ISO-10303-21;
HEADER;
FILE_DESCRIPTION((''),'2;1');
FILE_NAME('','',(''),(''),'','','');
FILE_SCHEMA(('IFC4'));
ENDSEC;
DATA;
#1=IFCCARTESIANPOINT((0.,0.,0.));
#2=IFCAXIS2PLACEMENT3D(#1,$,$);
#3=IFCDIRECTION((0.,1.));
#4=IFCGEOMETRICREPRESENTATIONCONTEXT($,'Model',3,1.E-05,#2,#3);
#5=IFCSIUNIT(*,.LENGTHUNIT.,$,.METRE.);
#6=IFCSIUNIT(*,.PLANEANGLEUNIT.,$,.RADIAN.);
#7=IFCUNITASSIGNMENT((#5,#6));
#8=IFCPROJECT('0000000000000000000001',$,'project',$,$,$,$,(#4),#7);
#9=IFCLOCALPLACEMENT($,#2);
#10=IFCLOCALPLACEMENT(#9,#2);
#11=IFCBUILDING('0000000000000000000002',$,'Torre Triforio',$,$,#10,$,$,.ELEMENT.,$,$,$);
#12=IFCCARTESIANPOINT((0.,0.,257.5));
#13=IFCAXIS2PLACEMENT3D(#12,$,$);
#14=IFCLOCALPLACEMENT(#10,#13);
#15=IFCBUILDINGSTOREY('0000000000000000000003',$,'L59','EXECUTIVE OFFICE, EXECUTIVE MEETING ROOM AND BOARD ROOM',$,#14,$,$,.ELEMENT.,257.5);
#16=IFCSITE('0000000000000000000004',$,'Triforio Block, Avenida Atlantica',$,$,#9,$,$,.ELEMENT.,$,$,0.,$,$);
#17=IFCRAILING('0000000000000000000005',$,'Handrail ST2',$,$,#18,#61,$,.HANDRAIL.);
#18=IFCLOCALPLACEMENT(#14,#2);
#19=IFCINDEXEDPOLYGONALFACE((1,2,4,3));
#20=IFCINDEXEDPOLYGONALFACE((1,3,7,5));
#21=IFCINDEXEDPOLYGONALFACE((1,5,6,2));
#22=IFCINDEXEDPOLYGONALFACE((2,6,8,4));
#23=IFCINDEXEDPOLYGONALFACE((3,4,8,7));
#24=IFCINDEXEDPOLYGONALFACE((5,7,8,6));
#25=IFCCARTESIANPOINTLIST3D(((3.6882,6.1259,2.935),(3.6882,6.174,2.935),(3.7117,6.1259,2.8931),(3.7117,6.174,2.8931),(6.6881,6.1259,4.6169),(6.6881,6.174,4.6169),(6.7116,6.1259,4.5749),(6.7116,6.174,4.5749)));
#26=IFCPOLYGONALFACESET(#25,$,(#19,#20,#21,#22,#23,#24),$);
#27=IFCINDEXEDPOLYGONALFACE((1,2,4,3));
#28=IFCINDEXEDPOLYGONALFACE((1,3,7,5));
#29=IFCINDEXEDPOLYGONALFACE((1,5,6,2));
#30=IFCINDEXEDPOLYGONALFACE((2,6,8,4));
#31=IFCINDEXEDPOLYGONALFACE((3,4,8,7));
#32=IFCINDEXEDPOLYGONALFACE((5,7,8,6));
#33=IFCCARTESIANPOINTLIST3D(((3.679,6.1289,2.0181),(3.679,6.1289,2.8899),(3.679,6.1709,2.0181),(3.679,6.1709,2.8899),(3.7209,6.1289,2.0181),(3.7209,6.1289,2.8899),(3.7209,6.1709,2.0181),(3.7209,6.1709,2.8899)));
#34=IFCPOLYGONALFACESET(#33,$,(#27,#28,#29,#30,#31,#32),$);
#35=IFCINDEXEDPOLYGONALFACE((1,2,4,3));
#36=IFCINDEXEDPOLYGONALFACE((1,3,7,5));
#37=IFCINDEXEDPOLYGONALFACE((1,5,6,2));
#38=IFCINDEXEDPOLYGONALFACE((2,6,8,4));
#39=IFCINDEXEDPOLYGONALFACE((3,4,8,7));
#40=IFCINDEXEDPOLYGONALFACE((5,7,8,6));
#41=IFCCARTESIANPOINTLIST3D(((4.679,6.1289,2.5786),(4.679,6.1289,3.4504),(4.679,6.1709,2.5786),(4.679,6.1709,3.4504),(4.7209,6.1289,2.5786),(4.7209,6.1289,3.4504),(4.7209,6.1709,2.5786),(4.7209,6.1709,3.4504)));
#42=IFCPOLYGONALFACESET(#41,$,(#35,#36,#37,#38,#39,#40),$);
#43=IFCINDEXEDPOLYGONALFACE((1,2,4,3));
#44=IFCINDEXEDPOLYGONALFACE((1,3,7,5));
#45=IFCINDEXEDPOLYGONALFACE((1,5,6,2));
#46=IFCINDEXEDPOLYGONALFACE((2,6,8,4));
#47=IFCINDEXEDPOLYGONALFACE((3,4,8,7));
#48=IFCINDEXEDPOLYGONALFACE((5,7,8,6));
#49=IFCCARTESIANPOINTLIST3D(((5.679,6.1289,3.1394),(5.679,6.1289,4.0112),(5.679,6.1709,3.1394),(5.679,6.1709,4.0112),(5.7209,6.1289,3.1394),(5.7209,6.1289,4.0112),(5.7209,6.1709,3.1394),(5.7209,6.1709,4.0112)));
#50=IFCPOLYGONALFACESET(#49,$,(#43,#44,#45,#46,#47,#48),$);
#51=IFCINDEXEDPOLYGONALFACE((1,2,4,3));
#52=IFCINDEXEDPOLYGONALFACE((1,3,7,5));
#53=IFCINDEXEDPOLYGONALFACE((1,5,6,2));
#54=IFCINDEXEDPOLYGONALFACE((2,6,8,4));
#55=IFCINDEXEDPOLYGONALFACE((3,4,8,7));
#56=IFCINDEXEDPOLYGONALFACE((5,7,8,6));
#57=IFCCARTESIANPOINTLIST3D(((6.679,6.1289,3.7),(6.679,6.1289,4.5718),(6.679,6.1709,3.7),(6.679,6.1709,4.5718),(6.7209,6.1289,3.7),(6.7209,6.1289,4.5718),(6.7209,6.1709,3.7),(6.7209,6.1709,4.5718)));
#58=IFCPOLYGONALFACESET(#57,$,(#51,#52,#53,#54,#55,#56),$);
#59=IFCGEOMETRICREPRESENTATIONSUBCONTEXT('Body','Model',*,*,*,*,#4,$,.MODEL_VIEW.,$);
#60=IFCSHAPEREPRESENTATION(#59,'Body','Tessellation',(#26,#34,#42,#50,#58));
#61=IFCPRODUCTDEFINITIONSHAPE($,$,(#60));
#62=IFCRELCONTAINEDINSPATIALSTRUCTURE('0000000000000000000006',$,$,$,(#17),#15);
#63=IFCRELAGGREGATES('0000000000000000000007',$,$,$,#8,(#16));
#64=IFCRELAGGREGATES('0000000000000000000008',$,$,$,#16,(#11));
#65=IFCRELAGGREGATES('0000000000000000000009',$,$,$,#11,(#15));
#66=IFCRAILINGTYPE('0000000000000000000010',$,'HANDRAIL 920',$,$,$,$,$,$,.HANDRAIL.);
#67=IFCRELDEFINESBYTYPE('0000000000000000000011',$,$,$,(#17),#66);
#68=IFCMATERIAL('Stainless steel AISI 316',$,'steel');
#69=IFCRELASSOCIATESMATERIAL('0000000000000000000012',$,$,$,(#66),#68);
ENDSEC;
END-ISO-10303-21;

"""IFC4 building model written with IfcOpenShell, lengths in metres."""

from ifc_helpers import new_model, si_unit, direction, frame, origin, origin_2d, place, context, subcontext, project, spatial, rectangle, extrude, material, type_object, element, save


model = new_model("IFC4")

# Units and contexts
model_context = context("Model", 3, precision=1e-05, world=origin(), true_north=direction((0.0, 1.0)))
body_context = subcontext(model_context, "Body", "Model", "MODEL_VIEW")
ifc_project = project(units=[si_unit("LENGTHUNIT", "METRE"), si_unit("PLANEANGLEUNIT", "RADIAN")], contexts=[model_context])

# Site, building, storey
site_placement = place(None, origin())
site = spatial("IfcSite", under=ifc_project, at=site_placement, Name="Triforio Block, Avenida Atlantica", CompositionType="ELEMENT", RefElevation=0.0)
building_placement = place(site_placement, origin())
building = spatial("IfcBuilding", under=site, at=building_placement, Name="Torre Triforio", CompositionType="ELEMENT")
storey_placement = place(building_placement, frame((0.0, 0.0, 257.5)))
storey = spatial("IfcBuildingStorey", under=building, at=storey_placement, Name="L59", Description="EXECUTIVE OFFICE, EXECUTIVE MEETING ROOM AND BOARD ROOM", CompositionType="ELEMENT", Elevation=257.5)

# Railing
ifc_material_1 = material(Name="Stainless steel AISI 316", Category="steel")
railing_type = type_object("IfcRailingType", Name="HANDRAIL 920", PredefinedType="HANDRAIL", material=ifc_material_1)
railing_placement = place(storey_placement, frame((3.7, 6.1499, 2.0181)))
element("IfcRailing", 1, at=railing_placement, inside=storey, type_object=railing_type, Name="Handrail ST2", PredefinedType="HANDRAIL", context=body_context, shape_type="SweptSolid", body=[
    extrude(rectangle(XDim=0.0481, YDim=0.0481, at=origin_2d()), frame((0.0, 0.0, 0.896), z_axis=(0.872272, 0.0, 0.48902), x_axis=(0.0, 1.0, 0.0)), (0.0, 0.0, 1.0), 3.4392),
    extrude(rectangle(XDim=0.042, YDim=0.042, at=origin_2d()), origin(), (0.0, 0.0, 1.0), 0.8718),
    extrude(rectangle(XDim=0.042, YDim=0.042, at=origin_2d()), frame((1.0, 0.0, 0.5605)), (0.0, 0.0, 1.0), 0.8718),
    extrude(rectangle(XDim=0.042, YDim=0.042, at=origin_2d()), frame((2.0, 0.0, 1.1213)), (0.0, 0.0, 1.0), 0.8718),
    extrude(rectangle(XDim=0.042, YDim=0.042, at=origin_2d()), frame((3.0, 0.0, 1.6819)), (0.0, 0.0, 1.0), 0.8718),
])

save(model, "model.ifc")
